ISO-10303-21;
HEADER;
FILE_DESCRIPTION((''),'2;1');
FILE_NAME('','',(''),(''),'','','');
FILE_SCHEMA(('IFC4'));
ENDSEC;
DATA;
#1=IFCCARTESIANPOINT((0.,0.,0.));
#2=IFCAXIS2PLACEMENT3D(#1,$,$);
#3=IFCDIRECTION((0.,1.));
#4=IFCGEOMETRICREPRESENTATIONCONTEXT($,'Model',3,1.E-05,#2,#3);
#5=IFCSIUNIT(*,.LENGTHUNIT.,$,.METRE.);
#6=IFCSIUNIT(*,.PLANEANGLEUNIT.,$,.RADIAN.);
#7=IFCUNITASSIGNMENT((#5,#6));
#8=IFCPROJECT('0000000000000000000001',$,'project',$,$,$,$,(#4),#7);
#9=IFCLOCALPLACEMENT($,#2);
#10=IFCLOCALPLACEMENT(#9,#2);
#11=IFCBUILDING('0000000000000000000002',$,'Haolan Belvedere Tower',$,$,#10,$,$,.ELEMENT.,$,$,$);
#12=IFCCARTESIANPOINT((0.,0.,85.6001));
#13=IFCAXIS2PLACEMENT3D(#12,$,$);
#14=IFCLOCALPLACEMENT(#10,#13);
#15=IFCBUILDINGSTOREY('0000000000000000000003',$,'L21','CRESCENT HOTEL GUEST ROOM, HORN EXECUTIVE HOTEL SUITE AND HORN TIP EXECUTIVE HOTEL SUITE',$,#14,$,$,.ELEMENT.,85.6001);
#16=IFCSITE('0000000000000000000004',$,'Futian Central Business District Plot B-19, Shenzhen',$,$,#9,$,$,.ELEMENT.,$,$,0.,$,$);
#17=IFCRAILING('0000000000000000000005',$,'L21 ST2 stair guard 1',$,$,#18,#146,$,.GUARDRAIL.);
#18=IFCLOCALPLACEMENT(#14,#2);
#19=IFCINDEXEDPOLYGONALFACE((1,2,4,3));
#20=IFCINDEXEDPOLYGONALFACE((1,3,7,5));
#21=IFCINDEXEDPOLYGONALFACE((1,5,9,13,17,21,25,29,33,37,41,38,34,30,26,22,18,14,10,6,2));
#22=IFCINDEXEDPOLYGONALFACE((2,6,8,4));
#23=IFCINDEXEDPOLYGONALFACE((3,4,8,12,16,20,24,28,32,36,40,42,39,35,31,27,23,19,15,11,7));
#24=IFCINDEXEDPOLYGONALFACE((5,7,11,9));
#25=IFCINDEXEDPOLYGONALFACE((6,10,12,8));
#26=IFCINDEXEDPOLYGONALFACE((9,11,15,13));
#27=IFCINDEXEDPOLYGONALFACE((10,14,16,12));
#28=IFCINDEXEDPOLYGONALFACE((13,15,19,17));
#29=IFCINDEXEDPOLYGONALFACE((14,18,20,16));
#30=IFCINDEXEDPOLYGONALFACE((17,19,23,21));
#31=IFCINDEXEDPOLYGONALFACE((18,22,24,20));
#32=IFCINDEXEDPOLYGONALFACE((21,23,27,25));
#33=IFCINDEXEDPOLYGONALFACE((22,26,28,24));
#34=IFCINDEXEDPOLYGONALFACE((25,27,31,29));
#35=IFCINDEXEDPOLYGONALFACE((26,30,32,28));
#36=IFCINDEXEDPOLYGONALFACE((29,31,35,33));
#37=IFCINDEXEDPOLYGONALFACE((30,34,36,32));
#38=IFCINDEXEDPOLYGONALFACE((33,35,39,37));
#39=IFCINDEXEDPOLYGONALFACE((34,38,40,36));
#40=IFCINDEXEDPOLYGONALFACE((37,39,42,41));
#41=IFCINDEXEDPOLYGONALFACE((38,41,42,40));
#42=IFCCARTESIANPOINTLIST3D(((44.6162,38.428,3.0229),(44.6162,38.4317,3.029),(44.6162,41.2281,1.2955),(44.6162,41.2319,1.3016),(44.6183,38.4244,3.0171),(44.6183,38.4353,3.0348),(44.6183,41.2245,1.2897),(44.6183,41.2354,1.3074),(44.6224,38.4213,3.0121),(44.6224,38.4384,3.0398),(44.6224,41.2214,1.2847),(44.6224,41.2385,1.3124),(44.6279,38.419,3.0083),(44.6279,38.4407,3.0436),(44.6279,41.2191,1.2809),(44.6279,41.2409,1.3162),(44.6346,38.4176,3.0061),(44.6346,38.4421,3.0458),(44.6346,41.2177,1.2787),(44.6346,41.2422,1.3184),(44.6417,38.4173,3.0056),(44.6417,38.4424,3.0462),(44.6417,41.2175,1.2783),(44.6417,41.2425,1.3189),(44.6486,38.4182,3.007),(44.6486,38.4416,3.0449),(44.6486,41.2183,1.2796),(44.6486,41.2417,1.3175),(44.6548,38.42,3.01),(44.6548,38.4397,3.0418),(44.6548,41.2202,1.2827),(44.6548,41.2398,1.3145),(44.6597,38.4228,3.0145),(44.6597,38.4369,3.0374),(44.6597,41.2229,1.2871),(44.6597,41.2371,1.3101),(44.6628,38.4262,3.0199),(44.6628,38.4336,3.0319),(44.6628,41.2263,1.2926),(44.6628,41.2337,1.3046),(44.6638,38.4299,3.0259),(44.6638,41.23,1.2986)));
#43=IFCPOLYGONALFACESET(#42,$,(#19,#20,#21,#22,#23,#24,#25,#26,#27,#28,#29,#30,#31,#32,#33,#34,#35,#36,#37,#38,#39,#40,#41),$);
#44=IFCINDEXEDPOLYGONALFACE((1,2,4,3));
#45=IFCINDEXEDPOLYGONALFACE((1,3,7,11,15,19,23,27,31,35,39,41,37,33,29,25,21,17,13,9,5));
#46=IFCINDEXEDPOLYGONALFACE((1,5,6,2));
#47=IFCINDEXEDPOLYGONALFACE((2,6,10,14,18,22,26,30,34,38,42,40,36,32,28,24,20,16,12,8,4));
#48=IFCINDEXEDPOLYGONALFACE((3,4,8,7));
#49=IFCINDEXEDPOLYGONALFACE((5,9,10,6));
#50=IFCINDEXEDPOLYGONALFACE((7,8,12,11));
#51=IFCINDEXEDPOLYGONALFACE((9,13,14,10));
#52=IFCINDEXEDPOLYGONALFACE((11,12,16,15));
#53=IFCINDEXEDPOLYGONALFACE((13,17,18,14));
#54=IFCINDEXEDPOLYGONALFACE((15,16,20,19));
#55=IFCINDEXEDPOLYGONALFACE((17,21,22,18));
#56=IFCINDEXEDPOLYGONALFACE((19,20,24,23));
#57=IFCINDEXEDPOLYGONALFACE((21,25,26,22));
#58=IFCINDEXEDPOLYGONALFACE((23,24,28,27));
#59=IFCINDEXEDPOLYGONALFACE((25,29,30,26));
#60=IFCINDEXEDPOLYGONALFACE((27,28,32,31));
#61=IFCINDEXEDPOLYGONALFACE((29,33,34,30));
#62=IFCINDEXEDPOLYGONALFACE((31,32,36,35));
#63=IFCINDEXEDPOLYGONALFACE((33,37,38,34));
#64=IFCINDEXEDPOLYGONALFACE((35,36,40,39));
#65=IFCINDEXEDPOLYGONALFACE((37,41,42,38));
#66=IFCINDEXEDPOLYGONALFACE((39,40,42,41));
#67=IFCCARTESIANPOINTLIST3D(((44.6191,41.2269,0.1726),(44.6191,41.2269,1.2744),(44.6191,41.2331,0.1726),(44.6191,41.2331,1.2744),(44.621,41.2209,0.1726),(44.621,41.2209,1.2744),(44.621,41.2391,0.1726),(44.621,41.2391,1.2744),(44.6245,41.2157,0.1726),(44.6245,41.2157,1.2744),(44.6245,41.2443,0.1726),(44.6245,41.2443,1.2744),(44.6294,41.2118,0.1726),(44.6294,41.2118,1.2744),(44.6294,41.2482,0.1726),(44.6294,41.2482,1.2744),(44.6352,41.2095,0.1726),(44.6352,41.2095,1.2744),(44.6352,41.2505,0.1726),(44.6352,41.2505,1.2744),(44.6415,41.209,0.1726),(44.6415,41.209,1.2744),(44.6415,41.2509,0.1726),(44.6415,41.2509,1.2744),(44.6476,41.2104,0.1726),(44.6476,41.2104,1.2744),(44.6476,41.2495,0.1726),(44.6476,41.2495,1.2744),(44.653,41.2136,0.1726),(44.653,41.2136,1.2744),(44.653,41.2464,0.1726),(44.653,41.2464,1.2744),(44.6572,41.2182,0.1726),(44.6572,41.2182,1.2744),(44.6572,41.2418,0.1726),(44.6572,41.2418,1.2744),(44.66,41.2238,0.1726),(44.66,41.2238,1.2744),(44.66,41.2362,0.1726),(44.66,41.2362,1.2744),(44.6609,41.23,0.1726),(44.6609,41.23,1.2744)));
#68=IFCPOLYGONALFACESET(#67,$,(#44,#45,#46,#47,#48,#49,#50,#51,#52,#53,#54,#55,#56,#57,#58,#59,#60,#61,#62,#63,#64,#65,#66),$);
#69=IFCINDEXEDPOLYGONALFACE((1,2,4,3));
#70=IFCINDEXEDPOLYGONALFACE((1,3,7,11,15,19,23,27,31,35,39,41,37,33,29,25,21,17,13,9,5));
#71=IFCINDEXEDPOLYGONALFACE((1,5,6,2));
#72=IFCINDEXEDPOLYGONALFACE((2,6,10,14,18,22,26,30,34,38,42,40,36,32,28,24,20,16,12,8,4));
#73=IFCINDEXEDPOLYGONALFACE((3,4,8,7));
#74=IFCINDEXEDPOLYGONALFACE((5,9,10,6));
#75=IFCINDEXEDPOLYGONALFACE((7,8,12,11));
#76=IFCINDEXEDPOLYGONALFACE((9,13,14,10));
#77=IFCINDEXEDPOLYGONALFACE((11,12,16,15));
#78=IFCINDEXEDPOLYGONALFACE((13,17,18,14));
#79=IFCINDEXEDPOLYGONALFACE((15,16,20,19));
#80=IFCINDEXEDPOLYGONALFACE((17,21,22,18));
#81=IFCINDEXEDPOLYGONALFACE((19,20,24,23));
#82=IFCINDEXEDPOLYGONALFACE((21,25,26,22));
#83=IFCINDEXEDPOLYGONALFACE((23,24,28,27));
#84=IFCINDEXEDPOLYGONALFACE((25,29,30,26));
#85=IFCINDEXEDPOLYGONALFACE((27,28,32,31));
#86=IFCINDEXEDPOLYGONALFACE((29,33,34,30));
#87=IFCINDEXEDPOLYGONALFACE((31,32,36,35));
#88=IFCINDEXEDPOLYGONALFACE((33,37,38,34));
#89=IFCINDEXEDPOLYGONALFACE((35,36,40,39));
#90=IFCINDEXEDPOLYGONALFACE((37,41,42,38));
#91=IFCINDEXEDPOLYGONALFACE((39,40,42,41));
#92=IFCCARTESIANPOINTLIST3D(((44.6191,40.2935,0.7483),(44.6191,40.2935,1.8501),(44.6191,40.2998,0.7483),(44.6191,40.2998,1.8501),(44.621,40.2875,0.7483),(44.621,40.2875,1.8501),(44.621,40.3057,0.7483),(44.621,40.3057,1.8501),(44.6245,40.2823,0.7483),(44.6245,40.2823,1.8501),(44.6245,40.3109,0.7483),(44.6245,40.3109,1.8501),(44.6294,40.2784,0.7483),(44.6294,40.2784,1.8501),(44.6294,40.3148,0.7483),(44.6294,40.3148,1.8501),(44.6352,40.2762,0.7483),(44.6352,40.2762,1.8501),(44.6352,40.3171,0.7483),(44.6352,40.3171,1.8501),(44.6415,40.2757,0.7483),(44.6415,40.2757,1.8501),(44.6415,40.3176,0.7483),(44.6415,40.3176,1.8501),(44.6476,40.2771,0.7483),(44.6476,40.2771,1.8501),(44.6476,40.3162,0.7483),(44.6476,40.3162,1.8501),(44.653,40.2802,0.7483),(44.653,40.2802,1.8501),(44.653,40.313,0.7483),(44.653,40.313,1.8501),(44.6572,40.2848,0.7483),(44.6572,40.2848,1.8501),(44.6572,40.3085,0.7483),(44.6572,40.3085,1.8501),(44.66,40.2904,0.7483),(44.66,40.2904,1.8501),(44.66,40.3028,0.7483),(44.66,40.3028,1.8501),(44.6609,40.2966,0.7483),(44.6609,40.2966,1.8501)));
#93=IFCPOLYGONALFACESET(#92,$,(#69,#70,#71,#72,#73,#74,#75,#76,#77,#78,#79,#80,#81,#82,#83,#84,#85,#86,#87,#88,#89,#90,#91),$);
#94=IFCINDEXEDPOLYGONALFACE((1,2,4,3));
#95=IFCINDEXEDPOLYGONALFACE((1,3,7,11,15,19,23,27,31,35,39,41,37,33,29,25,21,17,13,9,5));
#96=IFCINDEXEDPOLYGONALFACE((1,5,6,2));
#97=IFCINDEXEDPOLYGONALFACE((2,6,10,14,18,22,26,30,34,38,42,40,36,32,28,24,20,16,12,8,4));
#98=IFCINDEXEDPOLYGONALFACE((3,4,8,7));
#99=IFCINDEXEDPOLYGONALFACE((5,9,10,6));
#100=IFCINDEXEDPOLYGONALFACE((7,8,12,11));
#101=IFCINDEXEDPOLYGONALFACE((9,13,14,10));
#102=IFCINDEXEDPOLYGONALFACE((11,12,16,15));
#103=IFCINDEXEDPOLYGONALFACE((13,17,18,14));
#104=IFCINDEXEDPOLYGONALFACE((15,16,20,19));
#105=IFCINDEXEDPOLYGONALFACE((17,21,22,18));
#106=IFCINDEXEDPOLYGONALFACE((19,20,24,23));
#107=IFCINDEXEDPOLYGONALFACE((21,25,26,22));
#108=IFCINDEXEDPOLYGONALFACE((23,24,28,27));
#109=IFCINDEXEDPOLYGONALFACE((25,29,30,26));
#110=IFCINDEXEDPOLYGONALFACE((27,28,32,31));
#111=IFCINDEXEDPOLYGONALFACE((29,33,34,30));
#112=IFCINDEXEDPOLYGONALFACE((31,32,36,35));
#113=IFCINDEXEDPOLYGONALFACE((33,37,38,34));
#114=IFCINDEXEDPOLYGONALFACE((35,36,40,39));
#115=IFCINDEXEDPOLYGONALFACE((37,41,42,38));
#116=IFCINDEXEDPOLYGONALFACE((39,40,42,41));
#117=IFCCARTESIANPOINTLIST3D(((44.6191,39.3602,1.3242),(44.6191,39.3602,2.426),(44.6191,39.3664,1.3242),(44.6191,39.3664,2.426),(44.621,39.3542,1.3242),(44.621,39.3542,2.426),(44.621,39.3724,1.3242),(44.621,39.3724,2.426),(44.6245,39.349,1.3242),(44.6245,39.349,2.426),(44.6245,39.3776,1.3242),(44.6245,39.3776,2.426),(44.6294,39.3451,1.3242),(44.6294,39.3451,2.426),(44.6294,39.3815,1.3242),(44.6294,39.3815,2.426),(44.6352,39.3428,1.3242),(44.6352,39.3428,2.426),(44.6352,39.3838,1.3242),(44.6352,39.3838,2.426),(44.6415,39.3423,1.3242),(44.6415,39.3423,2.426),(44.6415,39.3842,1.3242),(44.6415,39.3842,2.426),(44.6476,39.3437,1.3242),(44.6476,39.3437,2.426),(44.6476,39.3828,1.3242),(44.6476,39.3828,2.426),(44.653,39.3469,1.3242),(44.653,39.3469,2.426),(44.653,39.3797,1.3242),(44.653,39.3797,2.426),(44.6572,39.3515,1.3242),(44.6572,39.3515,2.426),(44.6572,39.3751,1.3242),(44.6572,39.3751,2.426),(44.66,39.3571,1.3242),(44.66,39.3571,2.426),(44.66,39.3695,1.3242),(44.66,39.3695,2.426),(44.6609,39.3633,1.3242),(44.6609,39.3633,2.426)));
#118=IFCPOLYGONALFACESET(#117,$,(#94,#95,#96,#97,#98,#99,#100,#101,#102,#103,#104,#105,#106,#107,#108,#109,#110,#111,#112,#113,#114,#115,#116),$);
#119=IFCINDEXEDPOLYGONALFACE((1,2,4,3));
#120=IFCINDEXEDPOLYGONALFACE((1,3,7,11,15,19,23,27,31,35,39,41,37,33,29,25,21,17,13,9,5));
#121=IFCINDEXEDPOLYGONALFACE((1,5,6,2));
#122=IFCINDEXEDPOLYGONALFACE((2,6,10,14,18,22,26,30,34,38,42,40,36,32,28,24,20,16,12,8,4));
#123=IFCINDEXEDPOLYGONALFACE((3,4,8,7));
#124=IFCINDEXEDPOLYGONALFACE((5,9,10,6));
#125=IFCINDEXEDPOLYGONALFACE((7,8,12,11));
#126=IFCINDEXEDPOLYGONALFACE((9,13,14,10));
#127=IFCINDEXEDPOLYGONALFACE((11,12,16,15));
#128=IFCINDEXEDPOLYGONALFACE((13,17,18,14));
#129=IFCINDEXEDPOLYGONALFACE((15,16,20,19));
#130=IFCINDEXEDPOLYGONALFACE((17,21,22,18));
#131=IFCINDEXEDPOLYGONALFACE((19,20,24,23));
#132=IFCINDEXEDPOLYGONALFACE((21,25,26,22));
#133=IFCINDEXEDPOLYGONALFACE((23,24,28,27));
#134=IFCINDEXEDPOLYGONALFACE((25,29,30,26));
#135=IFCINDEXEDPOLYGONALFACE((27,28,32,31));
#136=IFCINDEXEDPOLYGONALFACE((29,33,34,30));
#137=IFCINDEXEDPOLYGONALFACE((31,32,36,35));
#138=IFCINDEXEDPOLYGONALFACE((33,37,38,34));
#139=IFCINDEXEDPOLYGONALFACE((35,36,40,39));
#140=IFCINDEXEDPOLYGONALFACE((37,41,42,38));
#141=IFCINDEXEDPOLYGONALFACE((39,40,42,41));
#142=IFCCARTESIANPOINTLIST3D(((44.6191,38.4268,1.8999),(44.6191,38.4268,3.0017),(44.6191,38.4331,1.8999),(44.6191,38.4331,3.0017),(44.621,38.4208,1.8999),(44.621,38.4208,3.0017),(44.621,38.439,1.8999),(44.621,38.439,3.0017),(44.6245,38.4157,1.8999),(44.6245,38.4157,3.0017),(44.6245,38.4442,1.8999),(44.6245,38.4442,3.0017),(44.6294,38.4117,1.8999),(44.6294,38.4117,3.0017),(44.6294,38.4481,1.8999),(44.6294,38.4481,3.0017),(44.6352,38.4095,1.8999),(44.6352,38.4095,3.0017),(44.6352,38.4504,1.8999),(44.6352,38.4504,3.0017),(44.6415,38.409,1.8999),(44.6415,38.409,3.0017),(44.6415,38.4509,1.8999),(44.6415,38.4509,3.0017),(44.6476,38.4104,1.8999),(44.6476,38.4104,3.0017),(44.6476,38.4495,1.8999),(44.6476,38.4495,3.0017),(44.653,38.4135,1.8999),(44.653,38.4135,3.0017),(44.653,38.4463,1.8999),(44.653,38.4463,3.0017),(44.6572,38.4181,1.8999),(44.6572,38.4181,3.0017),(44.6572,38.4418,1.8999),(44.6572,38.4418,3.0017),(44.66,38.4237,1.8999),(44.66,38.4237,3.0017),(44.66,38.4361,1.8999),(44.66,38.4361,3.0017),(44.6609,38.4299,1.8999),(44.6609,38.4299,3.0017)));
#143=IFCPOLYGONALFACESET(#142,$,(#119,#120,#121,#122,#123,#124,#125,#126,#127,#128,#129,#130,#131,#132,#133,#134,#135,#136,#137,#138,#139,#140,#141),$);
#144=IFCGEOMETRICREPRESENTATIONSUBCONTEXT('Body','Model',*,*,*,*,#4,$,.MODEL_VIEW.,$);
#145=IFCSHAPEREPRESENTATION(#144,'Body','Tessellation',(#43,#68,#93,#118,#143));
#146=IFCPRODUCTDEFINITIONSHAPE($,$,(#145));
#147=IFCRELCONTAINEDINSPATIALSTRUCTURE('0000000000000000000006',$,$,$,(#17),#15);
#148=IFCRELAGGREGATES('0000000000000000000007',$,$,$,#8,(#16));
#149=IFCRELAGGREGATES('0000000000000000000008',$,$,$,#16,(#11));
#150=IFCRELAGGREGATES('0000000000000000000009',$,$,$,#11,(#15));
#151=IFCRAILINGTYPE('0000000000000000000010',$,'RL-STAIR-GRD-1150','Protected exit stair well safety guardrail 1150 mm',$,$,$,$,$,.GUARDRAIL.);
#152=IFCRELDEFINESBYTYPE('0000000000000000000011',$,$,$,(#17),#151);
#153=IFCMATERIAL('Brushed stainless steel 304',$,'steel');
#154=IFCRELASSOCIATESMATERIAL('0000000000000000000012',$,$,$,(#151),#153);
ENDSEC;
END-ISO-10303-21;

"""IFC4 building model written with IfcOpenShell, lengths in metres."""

from ifc_helpers import new_model, si_unit, direction, frame, origin, origin_2d, place, context, subcontext, project, spatial, circle, extrude, material, type_object, element, save


model = new_model("IFC4")

# Units and contexts
model_context = context("Model", 3, precision=1e-05, world=origin(), true_north=direction((0.0, 1.0)))
body_context = subcontext(model_context, "Body", "Model", "MODEL_VIEW")
ifc_project = project(units=[si_unit("LENGTHUNIT", "METRE"), si_unit("PLANEANGLEUNIT", "RADIAN")], contexts=[model_context])

# Site, building, storey
site_placement = place(None, origin())
site = spatial("IfcSite", under=ifc_project, at=site_placement, Name="Futian Central Business District Plot B-19, Shenzhen", CompositionType="ELEMENT", RefElevation=0.0)
building_placement = place(site_placement, origin())
building = spatial("IfcBuilding", under=site, at=building_placement, Name="Haolan Belvedere Tower", CompositionType="ELEMENT")
storey_placement = place(building_placement, frame((0.0, 0.0, 85.6001)))
storey = spatial("IfcBuildingStorey", under=building, at=storey_placement, Name="L21", Description="CRESCENT HOTEL GUEST ROOM, HORN EXECUTIVE HOTEL SUITE AND HORN TIP EXECUTIVE HOTEL SUITE", CompositionType="ELEMENT", Elevation=85.6001)

# Railing
ifc_material_1 = material(Name="Brushed stainless steel 304", Category="steel")
railing_type_1 = type_object("IfcRailingType", Name="RL-STAIR-GRD-1150", Description="Protected exit stair well safety guardrail 1150 mm", PredefinedType="GUARDRAIL", material=ifc_material_1)
railing_1_placement = place(storey_placement, frame((44.6399, 41.23, 0.1726)))
element("IfcRailing", 1, at=railing_1_placement, inside=storey, type_object=railing_type_1, Name="L21 ST2 stair guard 1", PredefinedType="GUARDRAIL", context=body_context, shape_type="SweptSolid", body=[
    extrude(circle(Radius=0.0239, at=origin_2d()), frame((0.0, 0.0, 1.126), z_axis=(0.0, -0.85109, 0.52502), x_axis=(1.0, 0.0, 0.0)), (0.0, 0.0, 1.0), 3.29),
    extrude(circle(Radius=0.021, at=origin_2d()), origin(), (0.0, 0.0, 1.0), 1.1018),
    extrude(circle(Radius=0.021, at=origin_2d()), frame((0.0, -0.9333, 0.5757)), (0.0, 0.0, 1.0), 1.1018),
    extrude(circle(Radius=0.021, at=origin_2d()), frame((0.0, -1.8667, 1.1516)), (0.0, 0.0, 1.0), 1.1018),
    extrude(circle(Radius=0.021, at=origin_2d()), frame((0.0, -2.8, 1.7273)), (0.0, 0.0, 1.0), 1.1018),
])

save(model, "model.ifc")
